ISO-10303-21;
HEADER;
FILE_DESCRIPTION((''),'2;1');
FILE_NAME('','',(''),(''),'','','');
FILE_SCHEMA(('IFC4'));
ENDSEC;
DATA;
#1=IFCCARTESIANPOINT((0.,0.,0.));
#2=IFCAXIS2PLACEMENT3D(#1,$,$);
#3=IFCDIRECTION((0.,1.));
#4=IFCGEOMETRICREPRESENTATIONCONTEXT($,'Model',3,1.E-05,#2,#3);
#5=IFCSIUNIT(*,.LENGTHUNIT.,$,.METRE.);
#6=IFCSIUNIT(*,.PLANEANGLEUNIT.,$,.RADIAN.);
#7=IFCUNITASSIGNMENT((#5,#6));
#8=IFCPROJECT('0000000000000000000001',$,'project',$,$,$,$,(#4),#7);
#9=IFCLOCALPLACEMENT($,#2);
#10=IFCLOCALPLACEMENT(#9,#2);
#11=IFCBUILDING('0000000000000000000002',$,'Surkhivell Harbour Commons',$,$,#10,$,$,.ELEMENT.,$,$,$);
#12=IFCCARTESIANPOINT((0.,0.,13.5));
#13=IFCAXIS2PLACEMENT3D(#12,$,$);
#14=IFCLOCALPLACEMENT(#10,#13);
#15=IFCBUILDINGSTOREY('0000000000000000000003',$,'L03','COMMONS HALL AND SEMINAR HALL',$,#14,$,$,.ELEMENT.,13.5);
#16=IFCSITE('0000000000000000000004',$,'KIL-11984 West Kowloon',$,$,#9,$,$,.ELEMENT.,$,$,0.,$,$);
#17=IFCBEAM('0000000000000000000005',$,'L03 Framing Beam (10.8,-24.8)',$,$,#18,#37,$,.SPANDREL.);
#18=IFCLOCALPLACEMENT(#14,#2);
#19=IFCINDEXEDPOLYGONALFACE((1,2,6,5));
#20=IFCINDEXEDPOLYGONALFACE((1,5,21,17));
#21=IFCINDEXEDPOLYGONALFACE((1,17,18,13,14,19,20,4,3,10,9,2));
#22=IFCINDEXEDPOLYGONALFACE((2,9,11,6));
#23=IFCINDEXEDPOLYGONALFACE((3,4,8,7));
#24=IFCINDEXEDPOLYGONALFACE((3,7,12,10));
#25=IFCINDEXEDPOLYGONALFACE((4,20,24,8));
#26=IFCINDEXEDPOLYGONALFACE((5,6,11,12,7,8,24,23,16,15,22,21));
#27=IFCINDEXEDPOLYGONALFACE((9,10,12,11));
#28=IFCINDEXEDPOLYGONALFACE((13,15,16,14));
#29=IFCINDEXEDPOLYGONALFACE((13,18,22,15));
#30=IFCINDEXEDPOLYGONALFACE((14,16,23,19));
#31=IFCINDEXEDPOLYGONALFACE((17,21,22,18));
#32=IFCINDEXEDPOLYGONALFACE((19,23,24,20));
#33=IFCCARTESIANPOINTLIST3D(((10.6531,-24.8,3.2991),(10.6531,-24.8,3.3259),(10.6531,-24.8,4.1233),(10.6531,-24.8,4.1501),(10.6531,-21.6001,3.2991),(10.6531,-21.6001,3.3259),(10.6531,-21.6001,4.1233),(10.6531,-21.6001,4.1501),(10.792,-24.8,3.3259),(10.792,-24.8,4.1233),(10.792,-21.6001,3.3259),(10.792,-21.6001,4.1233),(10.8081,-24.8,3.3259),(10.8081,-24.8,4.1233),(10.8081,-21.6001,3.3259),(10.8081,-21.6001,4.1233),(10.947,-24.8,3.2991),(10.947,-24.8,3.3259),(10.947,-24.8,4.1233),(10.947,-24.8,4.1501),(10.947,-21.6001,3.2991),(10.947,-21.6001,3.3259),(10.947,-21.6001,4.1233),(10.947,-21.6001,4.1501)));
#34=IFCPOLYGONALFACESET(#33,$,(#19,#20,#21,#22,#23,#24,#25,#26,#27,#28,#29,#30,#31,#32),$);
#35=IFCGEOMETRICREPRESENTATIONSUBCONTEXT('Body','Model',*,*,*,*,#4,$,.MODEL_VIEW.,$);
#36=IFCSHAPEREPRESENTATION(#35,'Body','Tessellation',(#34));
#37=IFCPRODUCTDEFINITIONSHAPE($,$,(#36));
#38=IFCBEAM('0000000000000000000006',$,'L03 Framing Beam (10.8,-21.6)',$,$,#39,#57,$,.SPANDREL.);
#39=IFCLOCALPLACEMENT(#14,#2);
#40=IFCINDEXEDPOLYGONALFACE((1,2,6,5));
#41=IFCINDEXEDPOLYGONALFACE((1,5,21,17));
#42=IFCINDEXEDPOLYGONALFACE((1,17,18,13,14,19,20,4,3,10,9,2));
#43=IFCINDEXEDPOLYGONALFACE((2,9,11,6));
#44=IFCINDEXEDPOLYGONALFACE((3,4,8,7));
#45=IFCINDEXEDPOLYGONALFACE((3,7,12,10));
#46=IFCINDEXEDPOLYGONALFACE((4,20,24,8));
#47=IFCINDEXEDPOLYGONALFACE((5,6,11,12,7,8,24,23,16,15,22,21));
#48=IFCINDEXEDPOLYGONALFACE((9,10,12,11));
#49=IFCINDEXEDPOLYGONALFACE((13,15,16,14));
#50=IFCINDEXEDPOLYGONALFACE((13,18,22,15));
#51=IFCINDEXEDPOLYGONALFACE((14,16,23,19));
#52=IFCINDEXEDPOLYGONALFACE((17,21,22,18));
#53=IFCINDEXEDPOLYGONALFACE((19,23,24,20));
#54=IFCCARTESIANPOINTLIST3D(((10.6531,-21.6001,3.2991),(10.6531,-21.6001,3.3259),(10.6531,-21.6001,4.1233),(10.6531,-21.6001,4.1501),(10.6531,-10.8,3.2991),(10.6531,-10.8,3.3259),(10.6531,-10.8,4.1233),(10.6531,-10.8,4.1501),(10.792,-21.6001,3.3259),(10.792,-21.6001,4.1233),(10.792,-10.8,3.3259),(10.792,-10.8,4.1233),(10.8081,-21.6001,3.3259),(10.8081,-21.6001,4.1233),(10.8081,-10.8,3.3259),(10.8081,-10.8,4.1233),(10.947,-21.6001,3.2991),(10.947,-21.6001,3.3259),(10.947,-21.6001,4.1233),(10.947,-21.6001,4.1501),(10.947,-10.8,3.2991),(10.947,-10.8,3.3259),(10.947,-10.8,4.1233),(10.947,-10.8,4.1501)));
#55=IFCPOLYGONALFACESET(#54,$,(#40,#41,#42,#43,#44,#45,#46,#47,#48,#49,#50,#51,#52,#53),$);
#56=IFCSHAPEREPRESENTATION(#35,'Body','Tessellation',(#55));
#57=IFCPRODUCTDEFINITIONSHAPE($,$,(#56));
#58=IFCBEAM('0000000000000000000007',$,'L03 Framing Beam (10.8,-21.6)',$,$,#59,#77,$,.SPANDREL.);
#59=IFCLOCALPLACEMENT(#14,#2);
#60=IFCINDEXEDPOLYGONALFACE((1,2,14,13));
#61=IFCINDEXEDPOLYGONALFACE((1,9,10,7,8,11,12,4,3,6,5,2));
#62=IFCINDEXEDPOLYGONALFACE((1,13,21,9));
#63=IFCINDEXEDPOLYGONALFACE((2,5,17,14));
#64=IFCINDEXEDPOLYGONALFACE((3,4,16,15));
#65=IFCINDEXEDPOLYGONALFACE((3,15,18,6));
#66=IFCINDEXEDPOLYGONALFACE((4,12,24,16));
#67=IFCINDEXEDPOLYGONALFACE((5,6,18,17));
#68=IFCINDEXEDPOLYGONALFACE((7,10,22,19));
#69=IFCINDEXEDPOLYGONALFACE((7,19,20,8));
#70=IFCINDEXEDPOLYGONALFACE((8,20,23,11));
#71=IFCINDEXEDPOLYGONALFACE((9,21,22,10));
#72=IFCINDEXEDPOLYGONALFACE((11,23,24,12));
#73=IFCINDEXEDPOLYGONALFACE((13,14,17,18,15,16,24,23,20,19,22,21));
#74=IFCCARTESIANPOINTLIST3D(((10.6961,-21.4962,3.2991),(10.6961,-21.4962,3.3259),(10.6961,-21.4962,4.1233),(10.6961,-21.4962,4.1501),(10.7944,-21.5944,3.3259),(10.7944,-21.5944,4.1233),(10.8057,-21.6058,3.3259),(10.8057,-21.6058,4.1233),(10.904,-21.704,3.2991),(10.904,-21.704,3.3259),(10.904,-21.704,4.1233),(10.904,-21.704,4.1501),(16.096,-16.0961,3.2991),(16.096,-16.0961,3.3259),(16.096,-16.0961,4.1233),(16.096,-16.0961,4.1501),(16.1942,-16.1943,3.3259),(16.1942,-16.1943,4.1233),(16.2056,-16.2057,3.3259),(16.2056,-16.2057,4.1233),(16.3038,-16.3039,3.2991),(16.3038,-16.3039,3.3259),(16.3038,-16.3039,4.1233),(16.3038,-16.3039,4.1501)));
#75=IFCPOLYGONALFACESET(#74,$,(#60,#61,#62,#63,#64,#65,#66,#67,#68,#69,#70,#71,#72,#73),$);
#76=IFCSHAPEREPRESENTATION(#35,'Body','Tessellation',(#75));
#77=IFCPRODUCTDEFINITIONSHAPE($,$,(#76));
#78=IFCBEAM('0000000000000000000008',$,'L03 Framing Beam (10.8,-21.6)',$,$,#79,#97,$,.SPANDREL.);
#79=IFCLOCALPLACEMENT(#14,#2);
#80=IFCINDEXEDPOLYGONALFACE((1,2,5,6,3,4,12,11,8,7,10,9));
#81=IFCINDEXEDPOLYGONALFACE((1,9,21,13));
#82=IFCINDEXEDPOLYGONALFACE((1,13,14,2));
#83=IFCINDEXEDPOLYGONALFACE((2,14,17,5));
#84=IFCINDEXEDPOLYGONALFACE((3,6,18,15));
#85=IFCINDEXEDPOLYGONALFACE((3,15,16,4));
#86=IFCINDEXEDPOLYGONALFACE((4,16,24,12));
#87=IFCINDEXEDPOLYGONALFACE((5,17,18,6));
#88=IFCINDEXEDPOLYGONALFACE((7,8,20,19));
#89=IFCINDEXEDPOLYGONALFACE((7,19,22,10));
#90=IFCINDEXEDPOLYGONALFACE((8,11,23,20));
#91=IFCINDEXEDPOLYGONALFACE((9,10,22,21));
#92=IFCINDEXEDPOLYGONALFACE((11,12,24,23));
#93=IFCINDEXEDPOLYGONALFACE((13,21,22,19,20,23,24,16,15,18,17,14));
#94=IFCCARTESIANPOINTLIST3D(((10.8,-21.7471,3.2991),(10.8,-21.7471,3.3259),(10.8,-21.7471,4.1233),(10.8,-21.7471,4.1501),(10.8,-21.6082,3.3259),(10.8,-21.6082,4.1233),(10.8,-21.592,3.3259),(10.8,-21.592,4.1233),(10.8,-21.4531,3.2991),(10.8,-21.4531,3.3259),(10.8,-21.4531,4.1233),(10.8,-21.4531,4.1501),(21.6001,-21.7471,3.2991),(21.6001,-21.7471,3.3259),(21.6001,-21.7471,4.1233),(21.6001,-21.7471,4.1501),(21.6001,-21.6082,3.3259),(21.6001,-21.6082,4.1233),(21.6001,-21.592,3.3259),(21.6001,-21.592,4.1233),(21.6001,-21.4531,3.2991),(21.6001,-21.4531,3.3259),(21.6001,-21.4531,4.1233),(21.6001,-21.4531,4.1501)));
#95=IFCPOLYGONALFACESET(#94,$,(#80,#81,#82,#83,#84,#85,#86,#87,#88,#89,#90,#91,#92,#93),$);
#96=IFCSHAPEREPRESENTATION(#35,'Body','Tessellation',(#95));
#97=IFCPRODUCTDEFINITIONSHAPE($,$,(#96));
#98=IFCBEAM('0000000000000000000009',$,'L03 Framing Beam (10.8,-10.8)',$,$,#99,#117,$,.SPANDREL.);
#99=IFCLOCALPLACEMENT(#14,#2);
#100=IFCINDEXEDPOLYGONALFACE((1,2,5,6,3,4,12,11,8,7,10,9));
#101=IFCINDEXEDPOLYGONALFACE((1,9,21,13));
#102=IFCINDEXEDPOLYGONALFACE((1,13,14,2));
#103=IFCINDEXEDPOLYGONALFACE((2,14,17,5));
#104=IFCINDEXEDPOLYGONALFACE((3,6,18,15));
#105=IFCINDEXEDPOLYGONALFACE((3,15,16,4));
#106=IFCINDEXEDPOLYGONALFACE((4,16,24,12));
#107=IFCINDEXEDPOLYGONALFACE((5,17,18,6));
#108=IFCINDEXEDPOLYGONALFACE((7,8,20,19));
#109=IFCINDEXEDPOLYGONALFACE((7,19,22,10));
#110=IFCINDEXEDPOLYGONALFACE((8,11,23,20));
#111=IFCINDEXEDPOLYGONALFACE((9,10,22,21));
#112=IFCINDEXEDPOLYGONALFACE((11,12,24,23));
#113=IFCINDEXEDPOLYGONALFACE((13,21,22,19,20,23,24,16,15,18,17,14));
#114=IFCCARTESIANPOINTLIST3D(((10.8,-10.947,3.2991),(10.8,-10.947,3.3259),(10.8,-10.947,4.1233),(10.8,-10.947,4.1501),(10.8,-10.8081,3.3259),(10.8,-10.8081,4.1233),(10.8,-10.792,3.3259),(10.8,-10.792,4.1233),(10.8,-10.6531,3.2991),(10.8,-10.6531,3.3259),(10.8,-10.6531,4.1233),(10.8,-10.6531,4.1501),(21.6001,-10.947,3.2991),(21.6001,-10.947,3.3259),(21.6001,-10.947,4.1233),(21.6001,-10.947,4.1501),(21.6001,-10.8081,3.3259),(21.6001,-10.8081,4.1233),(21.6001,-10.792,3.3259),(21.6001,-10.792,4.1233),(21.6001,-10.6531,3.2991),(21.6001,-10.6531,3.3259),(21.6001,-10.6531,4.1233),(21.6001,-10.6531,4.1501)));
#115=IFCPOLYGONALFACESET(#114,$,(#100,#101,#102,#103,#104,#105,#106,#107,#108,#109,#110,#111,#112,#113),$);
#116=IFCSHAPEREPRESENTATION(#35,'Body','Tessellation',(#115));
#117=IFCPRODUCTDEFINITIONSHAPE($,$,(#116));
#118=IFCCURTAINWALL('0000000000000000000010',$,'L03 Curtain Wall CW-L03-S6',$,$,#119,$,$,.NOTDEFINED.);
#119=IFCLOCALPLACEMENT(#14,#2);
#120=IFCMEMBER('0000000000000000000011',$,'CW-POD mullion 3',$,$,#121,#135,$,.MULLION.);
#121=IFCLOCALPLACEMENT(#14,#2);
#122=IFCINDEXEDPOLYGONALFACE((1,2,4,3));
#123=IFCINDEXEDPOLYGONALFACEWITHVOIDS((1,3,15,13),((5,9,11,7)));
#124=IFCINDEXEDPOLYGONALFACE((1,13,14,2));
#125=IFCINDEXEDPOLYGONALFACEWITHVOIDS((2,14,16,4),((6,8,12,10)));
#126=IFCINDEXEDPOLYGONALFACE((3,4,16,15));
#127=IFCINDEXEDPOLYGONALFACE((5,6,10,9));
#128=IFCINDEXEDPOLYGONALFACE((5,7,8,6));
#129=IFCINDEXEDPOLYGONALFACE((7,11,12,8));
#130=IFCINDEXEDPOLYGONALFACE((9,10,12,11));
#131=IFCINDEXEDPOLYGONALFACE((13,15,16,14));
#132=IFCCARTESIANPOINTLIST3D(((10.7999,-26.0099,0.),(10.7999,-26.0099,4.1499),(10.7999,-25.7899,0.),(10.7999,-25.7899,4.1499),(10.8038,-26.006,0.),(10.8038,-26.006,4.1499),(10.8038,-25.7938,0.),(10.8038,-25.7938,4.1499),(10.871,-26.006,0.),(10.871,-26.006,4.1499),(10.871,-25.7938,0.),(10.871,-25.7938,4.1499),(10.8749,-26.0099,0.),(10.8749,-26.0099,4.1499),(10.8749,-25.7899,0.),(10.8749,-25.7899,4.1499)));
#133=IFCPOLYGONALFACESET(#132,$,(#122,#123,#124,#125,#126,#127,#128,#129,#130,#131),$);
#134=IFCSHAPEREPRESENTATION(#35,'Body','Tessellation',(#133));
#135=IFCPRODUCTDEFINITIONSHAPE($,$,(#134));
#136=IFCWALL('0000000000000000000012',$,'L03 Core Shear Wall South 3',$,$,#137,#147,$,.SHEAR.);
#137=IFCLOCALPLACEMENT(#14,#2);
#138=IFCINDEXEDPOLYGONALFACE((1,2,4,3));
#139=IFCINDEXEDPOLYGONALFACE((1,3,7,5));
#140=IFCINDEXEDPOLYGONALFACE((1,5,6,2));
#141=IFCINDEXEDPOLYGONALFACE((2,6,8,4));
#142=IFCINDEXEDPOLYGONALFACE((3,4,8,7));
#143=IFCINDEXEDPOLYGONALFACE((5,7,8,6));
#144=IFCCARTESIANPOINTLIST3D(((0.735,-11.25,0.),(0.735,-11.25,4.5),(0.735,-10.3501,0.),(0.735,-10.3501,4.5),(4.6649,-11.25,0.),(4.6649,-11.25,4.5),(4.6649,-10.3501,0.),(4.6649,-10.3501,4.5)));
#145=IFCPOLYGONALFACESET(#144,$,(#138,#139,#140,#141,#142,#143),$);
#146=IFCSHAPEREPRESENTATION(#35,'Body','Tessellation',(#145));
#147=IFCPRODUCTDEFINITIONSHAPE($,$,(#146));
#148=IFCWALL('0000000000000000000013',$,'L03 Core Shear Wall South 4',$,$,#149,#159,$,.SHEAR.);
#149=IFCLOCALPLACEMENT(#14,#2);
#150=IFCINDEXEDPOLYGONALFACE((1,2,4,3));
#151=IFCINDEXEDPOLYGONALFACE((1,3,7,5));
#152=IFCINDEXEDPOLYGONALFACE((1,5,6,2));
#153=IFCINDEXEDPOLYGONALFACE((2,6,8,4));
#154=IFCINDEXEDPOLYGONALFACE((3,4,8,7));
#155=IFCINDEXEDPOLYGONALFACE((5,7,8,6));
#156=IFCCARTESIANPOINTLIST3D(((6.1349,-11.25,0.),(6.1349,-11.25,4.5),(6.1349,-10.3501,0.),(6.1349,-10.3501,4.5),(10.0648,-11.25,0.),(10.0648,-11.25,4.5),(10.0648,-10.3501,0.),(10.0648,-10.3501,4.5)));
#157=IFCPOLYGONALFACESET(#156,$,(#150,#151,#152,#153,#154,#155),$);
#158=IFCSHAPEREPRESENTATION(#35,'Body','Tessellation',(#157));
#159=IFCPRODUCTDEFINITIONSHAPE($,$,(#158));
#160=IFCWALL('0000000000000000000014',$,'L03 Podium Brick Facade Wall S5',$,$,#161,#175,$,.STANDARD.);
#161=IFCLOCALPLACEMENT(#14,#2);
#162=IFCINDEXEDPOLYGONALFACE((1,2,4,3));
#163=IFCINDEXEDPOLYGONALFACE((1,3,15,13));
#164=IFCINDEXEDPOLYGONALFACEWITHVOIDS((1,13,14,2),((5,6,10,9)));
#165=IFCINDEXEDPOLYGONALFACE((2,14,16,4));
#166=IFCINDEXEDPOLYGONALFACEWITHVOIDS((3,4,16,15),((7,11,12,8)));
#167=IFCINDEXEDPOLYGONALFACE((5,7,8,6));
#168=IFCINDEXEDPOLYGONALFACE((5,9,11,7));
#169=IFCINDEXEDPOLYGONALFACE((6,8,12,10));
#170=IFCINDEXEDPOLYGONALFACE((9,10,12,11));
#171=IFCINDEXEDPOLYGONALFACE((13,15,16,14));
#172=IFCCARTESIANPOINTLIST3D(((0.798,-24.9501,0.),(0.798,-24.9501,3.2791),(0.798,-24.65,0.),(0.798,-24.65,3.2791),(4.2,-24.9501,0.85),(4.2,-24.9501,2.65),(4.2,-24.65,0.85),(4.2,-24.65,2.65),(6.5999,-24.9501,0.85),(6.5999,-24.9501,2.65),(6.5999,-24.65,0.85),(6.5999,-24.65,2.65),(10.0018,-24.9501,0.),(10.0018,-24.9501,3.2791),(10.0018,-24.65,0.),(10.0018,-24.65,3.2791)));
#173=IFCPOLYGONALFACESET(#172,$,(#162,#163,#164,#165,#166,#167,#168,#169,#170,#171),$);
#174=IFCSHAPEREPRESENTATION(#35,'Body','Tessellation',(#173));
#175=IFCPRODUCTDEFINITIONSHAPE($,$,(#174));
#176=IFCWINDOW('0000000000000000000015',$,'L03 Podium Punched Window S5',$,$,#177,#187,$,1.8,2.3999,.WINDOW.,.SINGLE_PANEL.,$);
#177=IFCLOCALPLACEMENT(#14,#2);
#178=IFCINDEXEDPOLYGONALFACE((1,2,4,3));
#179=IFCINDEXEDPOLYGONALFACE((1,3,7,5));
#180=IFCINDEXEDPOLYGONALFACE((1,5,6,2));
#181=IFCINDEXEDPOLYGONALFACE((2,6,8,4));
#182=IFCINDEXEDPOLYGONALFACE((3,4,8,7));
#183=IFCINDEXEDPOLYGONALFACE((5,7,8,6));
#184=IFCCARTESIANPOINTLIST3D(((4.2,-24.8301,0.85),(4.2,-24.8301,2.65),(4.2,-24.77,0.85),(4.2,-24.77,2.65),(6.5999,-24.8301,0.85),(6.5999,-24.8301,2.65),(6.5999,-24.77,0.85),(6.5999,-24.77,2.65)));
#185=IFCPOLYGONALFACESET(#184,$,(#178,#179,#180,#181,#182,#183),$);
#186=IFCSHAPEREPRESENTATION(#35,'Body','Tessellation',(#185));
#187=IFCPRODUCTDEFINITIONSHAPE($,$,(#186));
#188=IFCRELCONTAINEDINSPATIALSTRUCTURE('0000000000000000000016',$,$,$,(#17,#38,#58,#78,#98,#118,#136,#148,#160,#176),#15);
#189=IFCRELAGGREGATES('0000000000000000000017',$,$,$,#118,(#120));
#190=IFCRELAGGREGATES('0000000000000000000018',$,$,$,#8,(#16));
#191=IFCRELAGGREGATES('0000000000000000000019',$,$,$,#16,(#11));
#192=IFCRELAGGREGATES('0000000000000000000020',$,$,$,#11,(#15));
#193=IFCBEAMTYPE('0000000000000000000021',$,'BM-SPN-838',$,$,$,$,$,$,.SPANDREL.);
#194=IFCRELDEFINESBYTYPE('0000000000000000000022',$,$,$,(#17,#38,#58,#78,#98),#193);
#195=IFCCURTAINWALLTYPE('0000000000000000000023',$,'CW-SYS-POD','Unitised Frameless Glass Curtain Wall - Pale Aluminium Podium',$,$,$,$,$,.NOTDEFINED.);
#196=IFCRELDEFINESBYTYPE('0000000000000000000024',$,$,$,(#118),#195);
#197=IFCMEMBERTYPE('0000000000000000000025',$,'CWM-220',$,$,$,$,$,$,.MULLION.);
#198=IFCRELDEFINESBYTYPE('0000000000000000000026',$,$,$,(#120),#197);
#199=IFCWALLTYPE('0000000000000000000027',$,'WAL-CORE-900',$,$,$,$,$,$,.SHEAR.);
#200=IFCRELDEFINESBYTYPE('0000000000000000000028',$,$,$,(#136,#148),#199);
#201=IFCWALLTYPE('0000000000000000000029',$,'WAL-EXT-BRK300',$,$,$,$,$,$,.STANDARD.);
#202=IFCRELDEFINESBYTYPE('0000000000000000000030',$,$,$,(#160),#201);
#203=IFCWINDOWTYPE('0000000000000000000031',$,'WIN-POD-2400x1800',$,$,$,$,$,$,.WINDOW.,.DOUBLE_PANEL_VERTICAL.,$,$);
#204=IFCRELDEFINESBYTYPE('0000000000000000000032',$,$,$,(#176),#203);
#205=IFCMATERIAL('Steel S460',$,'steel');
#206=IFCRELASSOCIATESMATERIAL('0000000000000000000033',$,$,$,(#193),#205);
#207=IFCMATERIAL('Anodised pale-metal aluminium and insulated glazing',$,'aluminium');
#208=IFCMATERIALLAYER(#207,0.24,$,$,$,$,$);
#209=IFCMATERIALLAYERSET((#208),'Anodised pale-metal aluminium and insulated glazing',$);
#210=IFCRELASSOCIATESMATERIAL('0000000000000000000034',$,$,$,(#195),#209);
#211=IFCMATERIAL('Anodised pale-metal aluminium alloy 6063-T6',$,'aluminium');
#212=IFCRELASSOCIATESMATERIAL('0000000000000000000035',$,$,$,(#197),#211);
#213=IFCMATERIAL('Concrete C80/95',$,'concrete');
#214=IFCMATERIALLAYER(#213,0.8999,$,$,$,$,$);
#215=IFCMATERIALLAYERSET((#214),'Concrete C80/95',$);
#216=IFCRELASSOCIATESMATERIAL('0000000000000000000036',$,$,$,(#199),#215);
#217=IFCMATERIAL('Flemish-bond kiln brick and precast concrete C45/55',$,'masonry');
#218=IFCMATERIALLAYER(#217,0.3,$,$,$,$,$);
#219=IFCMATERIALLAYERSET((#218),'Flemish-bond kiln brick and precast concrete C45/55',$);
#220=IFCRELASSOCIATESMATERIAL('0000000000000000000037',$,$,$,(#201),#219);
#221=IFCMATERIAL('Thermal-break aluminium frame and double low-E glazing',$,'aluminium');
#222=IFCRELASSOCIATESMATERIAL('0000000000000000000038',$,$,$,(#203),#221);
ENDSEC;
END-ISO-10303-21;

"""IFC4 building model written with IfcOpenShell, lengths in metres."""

from ifc_helpers import new_model, si_unit, direction, frame, frame_2d, origin, origin_2d, place, context, subcontext, project, spatial, rectangle, hollow_rectangle, i_section, extrude, material, layer, layer_set, material_profile, profile_set, type_object, element, fill, aggregate, save


model = new_model("IFC4")

# Units and contexts
model_context = context("Model", 3, precision=1e-05, world=origin(), true_north=direction((0.0, 1.0)))
body_context = subcontext(model_context, "Body", "Model", "MODEL_VIEW")
ifc_project = project(units=[si_unit("LENGTHUNIT", "METRE"), si_unit("PLANEANGLEUNIT", "RADIAN")], contexts=[model_context])

# Site, building, storey
site_placement = place(None, origin())
site = spatial("IfcSite", under=ifc_project, at=site_placement, Name="KIL-11984 West Kowloon", CompositionType="ELEMENT", RefElevation=0.0)
building_placement = place(site_placement, origin())
building = spatial("IfcBuilding", under=site, at=building_placement, Name="Surkhivell Harbour Commons", CompositionType="ELEMENT")
storey_placement = place(building_placement, frame((0.0, 0.0, 13.5)))
storey = spatial("IfcBuildingStorey", under=building, at=storey_placement, Name="L03", Description="COMMONS HALL AND SEMINAR HALL", CompositionType="ELEMENT", Elevation=13.5)

# Shared definitions
ifc_material_1 = material(Name="Concrete C80/95", Category="concrete")

# Beams
ifc_material_2 = material(Name="Steel S460", Category="steel")
ifc_material_profile_1 = material_profile(ifc_material_2, i_section(OverallWidth=0.2939, OverallDepth=0.8511, WebThickness=0.0161, FlangeThickness=0.0269, at=origin_2d()), Name="UB838x292x226")
ifc_profile_set_1 = profile_set([ifc_material_profile_1], Name="Steel S460")
beam_type = type_object("IfcBeamType", Name="BM-SPN-838", PredefinedType="SPANDREL", material=ifc_profile_set_1)
beam_1_placement = place(storey_placement, frame((10.8, -24.8, 3.7246), z_axis=(0.0, 1.0, 0.0), x_axis=(-1.0, 0.0, 0.0)))
element("IfcBeam", 1, at=beam_1_placement, inside=storey, type_object=beam_type, Name="L03 Framing Beam (10.8,-24.8)", PredefinedType="SPANDREL", context=body_context, shape_type="SweptSolid", body=[
    extrude(i_section(OverallWidth=0.2939, OverallDepth=0.8511, WebThickness=0.0161, FlangeThickness=0.0269, at=origin_2d()), origin(), (0.0, 0.0, 1.0), 3.2),
])
beam_2_placement = place(storey_placement, frame((10.8, -21.6001, 3.7246), z_axis=(0.0, 1.0, 0.0), x_axis=(-1.0, 0.0, 0.0)))
element("IfcBeam", 2, at=beam_2_placement, inside=storey, type_object=beam_type, Name="L03 Framing Beam (10.8,-21.6)", PredefinedType="SPANDREL", context=body_context, shape_type="SweptSolid", body=[
    extrude(i_section(OverallWidth=0.2939, OverallDepth=0.8511, WebThickness=0.0161, FlangeThickness=0.0269, at=origin_2d()), origin(), (0.0, 0.0, 1.0), 10.8),
])
beam_3_placement = place(storey_placement, frame((10.8, -21.6001, 3.7246), z_axis=(0.707091, 0.707123, 0.0), x_axis=(-0.707123, 0.707091, 0.0)))
element("IfcBeam", 3, at=beam_3_placement, inside=storey, type_object=beam_type, Name="L03 Framing Beam (10.8,-21.6)", PredefinedType="SPANDREL", context=body_context, shape_type="SweptSolid", body=[
    extrude(i_section(OverallWidth=0.2939, OverallDepth=0.8511, WebThickness=0.0161, FlangeThickness=0.0269, at=origin_2d()), origin(), (0.0, 0.0, 1.0), 7.6367),
])
for number, where, z_axis, x_axis, name in (
    (4, (10.8, -21.6001, 3.7246), (1.0, 0.0, 0.0), (0.0, 1.0, 0.0), "L03 Framing Beam (10.8,-21.6)"),
    (5, (10.8, -10.8, 3.7246), (1.0, 0.0, 0.0), (0.0, 1.0, 0.0), "L03 Framing Beam (10.8,-10.8)"),
):
    element("IfcBeam", number, at=place(storey_placement, frame(where, z_axis=z_axis, x_axis=x_axis)), inside=storey, type_object=beam_type, Name=name, PredefinedType="SPANDREL", context=body_context, shape_type="SweptSolid", body=[
        extrude(i_section(OverallWidth=0.2939, OverallDepth=0.8511, WebThickness=0.0161, FlangeThickness=0.0269, at=origin_2d()), origin(), (0.0, 0.0, 1.0), 10.8),
    ])

# Curtain wall, member
ifc_material_3 = material(Name="Anodised pale-metal aluminium and insulated glazing", Category="aluminium")
ifc_layer_1 = layer(ifc_material_3, 0.24)
ifc_layer_set_1 = layer_set([ifc_layer_1], Name="Anodised pale-metal aluminium and insulated glazing")
curtain_wall_type = type_object("IfcCurtainWallType", Name="CW-SYS-POD", Description="Unitised Frameless Glass Curtain Wall - Pale Aluminium Podium", PredefinedType="NOTDEFINED", material=ifc_layer_set_1)
curtain_wall_placement = place(storey_placement, origin())
curtain_wall = element("IfcCurtainWall", 6, at=curtain_wall_placement, inside=storey, type_object=curtain_wall_type, Name="L03 Curtain Wall CW-L03-S6", PredefinedType="NOTDEFINED")
ifc_material_4 = material(Name="Anodised pale-metal aluminium alloy 6063-T6", Category="aluminium")
ifc_material_profile_2 = material_profile(ifc_material_4, hollow_rectangle(XDim=0.075, YDim=0.22, WallThickness=0.0039, at=origin_2d()), Name="ALU-MULL-75x220")
ifc_profile_set_2 = profile_set([ifc_material_profile_2], Name="Anodised pale-metal aluminium alloy 6063-T6")
member_type = type_object("IfcMemberType", Name="CWM-220", PredefinedType="MULLION", material=ifc_profile_set_2)
member_placement = place(storey_placement, frame((10.8374, -25.8999, 0.0), z_axis=(0.0, 0.0, 1.0), x_axis=(-1.0, 0.0, 0.0)))
member = element("IfcMember", 7, at=member_placement, type_object=member_type, Name="CW-POD mullion 3", PredefinedType="MULLION", context=body_context, shape_type="SweptSolid", body=[
    extrude(hollow_rectangle(XDim=0.075, YDim=0.22, WallThickness=0.0039, at=origin_2d()), origin(), (0.0, 0.0, 1.0), 4.1499),
])
aggregate(curtain_wall, [member])

# Walls
ifc_layer_2 = layer(ifc_material_1, 0.8999)
ifc_layer_set_2 = layer_set([ifc_layer_2], Name="Concrete C80/95")
wall_type_1 = type_object("IfcWallType", Name="WAL-CORE-900", PredefinedType="SHEAR", material=ifc_layer_set_2)
for number, where, z_axis, x_axis, name in (
    (8, (0.7351, -10.8, 0.0), (0.0, 0.0, 1.0), (1.0, 0.0, 0.0), "L03 Core Shear Wall South 3"),
    (9, (6.135, -10.8, 0.0), (0.0, 0.0, 1.0), (1.0, 0.0, 0.0), "L03 Core Shear Wall South 4"),
):
    element("IfcWall", number, at=place(storey_placement, frame(where, z_axis=z_axis, x_axis=x_axis)), inside=storey, type_object=wall_type_1, Name=name, PredefinedType="SHEAR", context=body_context, shape_type="SweptSolid", body=[
        extrude(rectangle(XDim=3.9299, YDim=0.8999, at=frame_2d((1.9648, 0.0))), origin(), (0.0, 0.0, 1.0), 4.5),
    ])

# Wall, opening, window
ifc_material_5 = material(Name="Flemish-bond kiln brick and precast concrete C45/55", Category="masonry")
ifc_layer_3 = layer(ifc_material_5, 0.3)
ifc_layer_set_3 = layer_set([ifc_layer_3], Name="Flemish-bond kiln brick and precast concrete C45/55")
wall_type_2 = type_object("IfcWallType", Name="WAL-EXT-BRK300", PredefinedType="STANDARD", material=ifc_layer_set_3)
wall_1_placement = place(storey_placement, frame((10.002, -24.8, 0.0), z_axis=(0.0, 0.0, 1.0), x_axis=(-1.0, 0.0, 0.0)))
wall_1 = element("IfcWall", 10, at=wall_1_placement, inside=storey, type_object=wall_type_2, Name="L03 Podium Brick Facade Wall S5", PredefinedType="STANDARD", context=body_context, shape_type="SweptSolid", body=[
    extrude(rectangle(XDim=9.2039, YDim=0.3, at=frame_2d((4.6021, 0.0))), origin(), (0.0, 0.0, 1.0), 3.2791),
])
opening_1_placement = place(wall_1_placement, frame((3.4021, 0.0, 0.8501)))
opening_1 = element("IfcOpeningElement", 11, at=opening_1_placement, cuts=wall_1, PredefinedType="OPENING", context=body_context, shape_type="SweptSolid", body=[
    extrude(rectangle(XDim=2.3999, YDim=1.8, at=frame_2d((1.2, 0.8999))), frame((0.0, 0.1599, 0.0), z_axis=(0.0, -1.0, 0.0), x_axis=(1.0, 0.0, 0.0)), (0.0, 0.0, 1.0), 0.3201),
])
ifc_material_6 = material(Name="Thermal-break aluminium frame and double low-E glazing", Category="aluminium")
window_type = type_object("IfcWindowType", Name="WIN-POD-2400x1800", PartitioningType="DOUBLE_PANEL_VERTICAL", PredefinedType="WINDOW", material=ifc_material_6)
window_placement = place(opening_1_placement, origin())
window = element("IfcWindow", 12, at=window_placement, inside=storey, type_object=window_type, Name="L03 Podium Punched Window S5", OverallHeight=1.8, OverallWidth=2.3999, PartitioningType="SINGLE_PANEL", PredefinedType="WINDOW", context=body_context, shape_type="SweptSolid", body=[
    extrude(rectangle(XDim=2.3999, YDim=1.8, at=frame_2d((1.2, 0.8999))), frame((0.0, 0.03, 0.0), z_axis=(0.0, -1.0, 0.0), x_axis=(1.0, 0.0, 0.0)), (0.0, 0.0, 1.0), 0.0601),
])
fill(opening_1, window)

save(model, "model.ifc")
